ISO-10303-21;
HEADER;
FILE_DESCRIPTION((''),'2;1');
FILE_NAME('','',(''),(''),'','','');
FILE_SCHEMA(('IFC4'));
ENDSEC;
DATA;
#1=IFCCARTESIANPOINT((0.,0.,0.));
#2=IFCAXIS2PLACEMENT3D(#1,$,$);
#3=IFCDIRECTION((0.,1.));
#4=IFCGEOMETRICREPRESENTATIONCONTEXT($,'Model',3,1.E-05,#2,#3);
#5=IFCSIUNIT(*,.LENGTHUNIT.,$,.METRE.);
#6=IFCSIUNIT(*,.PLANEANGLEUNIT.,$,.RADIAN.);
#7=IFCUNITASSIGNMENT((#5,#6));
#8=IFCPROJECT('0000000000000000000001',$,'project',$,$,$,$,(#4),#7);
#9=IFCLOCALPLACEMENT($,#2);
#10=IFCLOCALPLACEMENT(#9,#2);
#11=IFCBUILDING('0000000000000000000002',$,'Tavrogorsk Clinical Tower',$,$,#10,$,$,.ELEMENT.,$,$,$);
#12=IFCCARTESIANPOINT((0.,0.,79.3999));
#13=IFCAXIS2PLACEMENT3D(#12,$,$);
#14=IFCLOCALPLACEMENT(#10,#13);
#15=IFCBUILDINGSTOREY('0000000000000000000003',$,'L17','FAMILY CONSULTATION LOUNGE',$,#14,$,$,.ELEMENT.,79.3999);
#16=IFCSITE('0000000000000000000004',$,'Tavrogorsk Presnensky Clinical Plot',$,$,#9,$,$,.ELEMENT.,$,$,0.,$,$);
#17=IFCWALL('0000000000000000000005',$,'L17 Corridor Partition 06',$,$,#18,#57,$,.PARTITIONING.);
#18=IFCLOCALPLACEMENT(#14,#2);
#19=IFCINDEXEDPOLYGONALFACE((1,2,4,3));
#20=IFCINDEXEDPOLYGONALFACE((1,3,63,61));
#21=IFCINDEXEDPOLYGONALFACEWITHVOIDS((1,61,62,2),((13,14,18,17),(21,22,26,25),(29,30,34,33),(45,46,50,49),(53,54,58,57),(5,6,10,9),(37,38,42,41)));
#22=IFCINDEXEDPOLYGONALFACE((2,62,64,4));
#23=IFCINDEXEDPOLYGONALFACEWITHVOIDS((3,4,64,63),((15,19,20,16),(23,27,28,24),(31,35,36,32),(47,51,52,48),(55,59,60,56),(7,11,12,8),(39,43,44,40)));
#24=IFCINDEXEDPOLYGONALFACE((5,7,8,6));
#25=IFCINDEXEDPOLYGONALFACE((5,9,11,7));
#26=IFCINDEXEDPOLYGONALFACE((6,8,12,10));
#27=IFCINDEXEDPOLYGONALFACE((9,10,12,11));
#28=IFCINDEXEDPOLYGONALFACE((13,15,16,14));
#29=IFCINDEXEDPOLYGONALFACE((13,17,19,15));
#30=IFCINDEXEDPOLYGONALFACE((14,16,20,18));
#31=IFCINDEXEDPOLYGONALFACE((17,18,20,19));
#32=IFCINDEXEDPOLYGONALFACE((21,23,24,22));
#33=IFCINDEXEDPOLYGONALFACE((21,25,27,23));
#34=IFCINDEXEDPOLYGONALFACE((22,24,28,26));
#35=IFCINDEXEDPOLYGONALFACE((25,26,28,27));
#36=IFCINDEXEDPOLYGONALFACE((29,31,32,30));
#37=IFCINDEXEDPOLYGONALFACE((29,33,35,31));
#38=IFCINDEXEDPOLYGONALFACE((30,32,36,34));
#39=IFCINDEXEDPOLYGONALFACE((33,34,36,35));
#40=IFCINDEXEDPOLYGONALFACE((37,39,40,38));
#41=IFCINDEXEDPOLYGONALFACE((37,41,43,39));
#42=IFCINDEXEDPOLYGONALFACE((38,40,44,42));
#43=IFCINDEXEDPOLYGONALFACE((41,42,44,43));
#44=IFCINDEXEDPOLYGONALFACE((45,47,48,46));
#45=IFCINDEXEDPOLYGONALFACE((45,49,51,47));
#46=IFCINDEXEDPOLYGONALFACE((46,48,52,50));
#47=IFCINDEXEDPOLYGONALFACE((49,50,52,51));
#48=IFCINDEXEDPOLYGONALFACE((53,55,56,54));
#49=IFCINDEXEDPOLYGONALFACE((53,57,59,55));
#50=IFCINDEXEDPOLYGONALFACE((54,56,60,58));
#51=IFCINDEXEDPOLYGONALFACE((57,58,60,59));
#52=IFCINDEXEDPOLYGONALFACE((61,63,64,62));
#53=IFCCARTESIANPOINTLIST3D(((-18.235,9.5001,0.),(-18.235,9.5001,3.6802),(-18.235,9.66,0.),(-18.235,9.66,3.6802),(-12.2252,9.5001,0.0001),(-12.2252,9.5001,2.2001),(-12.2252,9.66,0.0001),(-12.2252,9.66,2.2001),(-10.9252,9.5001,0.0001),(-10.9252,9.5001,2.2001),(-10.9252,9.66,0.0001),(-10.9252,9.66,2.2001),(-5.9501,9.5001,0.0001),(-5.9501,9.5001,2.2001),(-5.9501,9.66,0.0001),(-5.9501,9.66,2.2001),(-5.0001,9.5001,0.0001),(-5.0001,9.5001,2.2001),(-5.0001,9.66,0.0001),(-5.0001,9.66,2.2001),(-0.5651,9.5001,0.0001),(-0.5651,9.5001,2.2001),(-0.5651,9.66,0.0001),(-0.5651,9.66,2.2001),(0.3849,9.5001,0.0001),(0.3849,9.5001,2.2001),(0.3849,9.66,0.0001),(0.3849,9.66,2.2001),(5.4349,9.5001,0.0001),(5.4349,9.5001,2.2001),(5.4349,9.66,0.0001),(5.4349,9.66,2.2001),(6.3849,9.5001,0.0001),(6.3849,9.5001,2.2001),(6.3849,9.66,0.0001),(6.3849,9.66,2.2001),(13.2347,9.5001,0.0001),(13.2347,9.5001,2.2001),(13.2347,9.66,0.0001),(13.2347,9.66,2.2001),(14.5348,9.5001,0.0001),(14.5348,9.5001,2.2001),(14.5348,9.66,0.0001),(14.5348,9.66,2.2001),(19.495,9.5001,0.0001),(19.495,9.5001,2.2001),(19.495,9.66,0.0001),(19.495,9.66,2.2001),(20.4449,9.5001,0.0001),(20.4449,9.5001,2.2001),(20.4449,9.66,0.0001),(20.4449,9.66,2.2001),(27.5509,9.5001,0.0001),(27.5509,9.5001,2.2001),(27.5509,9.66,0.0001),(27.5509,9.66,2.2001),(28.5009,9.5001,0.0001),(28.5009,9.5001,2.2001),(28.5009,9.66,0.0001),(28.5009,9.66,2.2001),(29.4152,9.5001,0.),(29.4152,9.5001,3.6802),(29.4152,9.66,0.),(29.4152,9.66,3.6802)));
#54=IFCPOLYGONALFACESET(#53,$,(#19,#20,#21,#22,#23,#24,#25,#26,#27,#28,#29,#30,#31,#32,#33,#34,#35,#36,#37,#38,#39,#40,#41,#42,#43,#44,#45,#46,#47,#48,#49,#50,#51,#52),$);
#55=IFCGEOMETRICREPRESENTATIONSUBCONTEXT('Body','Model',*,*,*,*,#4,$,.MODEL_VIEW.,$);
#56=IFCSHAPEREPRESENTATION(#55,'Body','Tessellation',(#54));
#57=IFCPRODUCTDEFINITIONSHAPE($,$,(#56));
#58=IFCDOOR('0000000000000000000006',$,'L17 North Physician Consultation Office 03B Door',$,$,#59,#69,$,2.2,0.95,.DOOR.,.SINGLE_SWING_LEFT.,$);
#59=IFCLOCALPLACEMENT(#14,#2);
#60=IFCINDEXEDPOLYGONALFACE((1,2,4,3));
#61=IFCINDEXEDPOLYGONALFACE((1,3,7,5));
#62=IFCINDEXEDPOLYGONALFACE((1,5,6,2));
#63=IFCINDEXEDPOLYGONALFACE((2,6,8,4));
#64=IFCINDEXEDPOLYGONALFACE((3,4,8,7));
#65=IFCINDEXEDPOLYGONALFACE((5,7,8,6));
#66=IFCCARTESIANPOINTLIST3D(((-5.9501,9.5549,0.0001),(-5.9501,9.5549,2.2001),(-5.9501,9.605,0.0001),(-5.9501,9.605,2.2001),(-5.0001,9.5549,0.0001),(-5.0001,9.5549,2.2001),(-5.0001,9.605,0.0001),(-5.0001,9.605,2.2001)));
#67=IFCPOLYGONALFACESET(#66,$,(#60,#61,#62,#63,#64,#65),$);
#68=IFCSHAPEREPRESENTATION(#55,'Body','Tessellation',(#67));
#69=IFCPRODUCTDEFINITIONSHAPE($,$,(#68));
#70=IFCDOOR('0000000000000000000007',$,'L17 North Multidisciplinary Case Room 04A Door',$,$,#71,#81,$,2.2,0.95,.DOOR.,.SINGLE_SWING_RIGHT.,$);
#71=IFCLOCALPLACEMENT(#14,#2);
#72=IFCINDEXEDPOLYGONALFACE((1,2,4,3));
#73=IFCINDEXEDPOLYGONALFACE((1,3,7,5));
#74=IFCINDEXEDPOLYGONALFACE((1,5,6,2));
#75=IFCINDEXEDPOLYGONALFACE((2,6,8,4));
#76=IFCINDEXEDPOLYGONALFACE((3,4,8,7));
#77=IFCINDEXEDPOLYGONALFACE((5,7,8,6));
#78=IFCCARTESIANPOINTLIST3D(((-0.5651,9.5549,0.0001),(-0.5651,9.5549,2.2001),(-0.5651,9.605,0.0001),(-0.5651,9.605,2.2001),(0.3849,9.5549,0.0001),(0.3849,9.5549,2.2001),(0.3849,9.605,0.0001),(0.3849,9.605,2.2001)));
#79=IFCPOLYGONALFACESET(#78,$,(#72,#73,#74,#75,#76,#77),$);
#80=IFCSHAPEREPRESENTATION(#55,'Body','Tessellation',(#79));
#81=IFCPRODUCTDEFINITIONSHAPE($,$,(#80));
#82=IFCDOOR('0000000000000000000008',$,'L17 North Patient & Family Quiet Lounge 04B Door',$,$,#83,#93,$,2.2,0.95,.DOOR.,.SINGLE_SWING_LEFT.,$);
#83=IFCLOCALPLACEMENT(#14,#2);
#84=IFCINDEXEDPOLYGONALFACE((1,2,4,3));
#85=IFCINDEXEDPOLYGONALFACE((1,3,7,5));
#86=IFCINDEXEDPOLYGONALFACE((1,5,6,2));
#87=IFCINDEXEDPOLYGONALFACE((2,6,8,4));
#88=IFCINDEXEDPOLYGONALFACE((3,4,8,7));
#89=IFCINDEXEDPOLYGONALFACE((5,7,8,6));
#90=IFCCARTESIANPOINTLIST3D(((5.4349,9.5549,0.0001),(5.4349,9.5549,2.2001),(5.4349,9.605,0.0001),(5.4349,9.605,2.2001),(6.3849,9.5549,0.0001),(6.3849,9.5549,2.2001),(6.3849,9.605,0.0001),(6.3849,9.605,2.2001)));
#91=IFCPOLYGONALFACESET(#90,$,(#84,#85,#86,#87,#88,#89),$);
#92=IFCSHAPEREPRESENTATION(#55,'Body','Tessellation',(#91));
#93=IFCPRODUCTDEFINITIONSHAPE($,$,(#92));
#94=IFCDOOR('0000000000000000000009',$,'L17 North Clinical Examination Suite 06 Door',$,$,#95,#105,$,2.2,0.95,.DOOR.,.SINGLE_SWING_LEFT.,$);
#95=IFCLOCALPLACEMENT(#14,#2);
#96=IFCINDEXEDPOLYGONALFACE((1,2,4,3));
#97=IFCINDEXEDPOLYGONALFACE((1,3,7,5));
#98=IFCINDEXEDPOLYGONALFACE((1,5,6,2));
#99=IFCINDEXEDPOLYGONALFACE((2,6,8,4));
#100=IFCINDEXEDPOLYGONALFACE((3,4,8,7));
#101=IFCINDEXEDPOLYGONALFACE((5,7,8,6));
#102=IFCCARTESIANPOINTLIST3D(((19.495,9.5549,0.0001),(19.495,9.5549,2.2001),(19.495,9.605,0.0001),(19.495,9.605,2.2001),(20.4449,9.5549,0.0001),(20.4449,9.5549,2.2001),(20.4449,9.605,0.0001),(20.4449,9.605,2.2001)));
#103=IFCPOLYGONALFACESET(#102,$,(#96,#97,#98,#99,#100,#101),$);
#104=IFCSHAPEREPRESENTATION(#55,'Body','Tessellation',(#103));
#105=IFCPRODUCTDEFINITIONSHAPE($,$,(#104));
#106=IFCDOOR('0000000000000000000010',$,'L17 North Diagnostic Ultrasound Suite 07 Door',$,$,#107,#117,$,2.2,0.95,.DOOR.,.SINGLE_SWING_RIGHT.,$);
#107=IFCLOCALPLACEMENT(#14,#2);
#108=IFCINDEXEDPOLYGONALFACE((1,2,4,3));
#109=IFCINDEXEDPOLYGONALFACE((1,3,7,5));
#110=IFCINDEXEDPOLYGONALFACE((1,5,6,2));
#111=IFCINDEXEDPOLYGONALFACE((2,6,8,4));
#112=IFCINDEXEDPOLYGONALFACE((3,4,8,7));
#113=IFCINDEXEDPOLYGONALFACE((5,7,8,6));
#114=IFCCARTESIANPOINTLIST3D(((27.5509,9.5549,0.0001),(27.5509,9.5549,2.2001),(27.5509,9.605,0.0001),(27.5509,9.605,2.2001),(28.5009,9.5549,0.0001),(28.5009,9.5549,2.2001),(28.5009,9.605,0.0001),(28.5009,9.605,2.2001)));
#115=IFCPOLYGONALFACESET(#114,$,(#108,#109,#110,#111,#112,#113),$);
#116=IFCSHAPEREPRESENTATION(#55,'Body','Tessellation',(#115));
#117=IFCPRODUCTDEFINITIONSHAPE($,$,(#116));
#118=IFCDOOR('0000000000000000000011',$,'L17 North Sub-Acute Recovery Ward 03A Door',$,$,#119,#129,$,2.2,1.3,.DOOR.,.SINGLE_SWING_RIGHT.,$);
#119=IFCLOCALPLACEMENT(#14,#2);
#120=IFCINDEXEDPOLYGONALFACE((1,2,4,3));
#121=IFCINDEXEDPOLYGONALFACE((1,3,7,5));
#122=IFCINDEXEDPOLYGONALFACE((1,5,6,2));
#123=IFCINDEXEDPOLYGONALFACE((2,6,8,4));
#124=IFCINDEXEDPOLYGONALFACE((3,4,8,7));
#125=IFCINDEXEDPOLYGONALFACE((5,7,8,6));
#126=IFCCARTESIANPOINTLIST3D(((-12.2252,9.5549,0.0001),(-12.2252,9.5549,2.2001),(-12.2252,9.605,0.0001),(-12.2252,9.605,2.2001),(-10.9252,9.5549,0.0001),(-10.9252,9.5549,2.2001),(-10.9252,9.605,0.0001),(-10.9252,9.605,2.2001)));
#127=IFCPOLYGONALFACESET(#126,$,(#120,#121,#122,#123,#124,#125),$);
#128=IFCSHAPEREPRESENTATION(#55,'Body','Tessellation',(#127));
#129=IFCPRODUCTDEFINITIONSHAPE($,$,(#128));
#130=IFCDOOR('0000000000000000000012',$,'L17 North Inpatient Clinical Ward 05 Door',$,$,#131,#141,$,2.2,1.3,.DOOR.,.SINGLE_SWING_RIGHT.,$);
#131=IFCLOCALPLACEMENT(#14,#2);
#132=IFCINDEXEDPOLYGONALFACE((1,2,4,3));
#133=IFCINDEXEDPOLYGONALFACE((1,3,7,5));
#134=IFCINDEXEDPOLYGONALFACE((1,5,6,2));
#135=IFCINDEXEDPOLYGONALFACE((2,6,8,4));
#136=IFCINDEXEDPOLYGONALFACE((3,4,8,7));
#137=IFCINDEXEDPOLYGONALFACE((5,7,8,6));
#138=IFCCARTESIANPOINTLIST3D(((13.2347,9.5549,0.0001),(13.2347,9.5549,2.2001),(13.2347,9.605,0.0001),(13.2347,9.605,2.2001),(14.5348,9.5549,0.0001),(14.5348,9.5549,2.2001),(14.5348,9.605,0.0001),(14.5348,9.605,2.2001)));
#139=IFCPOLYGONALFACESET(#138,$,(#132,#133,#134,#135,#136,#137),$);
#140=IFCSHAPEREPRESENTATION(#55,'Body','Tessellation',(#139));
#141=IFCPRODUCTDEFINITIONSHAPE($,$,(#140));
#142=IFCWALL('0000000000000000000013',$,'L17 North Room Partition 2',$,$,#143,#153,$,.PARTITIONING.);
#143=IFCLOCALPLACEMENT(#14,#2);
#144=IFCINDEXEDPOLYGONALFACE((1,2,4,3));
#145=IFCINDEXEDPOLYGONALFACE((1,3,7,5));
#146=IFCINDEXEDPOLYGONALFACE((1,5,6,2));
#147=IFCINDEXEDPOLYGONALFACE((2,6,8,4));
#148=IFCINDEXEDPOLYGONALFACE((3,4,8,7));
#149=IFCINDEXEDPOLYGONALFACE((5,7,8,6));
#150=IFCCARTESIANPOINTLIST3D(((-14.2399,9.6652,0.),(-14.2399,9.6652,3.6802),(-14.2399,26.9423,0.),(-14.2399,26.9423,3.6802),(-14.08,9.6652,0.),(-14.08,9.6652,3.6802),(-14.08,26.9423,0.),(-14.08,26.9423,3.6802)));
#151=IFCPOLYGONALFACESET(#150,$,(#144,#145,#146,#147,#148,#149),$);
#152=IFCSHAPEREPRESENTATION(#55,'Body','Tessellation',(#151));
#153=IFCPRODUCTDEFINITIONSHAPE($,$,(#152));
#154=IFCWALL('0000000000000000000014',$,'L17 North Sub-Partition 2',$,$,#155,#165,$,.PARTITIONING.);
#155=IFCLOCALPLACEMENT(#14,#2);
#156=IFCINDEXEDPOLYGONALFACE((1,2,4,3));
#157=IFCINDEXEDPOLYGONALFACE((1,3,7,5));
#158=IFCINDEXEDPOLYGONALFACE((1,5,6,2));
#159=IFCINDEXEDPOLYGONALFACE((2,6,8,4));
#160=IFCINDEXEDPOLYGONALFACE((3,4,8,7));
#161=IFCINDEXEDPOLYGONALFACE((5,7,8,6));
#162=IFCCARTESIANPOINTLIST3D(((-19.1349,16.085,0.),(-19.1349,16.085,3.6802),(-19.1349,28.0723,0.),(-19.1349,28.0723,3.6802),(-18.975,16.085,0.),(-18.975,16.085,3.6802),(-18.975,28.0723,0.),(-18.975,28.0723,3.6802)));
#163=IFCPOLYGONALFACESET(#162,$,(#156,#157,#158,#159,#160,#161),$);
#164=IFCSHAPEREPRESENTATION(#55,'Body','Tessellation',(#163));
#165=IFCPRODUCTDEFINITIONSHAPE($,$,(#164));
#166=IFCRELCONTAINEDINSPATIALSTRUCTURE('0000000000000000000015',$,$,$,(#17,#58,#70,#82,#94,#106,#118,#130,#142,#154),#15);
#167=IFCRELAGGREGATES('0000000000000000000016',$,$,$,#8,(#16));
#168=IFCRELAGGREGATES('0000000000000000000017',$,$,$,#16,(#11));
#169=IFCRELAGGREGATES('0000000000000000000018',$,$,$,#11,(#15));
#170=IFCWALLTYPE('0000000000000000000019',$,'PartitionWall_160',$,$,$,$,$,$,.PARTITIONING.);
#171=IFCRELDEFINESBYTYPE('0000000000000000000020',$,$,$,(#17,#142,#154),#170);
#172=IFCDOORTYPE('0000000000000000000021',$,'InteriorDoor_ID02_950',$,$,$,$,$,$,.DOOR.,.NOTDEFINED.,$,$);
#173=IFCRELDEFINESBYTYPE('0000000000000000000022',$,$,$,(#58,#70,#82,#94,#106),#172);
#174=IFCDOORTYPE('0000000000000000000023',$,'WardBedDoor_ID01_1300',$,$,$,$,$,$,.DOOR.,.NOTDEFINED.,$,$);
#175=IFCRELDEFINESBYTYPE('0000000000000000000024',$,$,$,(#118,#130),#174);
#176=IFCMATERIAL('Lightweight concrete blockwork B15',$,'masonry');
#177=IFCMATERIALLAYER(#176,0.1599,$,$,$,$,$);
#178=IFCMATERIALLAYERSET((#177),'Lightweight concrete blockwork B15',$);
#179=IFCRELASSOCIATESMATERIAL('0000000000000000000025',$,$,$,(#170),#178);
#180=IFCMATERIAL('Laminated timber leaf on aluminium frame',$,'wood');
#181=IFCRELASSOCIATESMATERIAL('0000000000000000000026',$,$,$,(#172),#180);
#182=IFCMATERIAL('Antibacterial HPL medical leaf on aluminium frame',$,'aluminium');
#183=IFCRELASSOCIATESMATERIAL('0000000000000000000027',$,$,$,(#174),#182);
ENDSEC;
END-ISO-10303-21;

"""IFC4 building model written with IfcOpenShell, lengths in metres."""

from ifc_helpers import new_model, si_unit, direction, frame, frame_2d, origin, place, context, subcontext, project, spatial, rectangle, extrude, material, layer, layer_set, type_object, element, fill, save


model = new_model("IFC4")

# Units and contexts
model_context = context("Model", 3, precision=1e-05, world=origin(), true_north=direction((0.0, 1.0)))
body_context = subcontext(model_context, "Body", "Model", "MODEL_VIEW")
ifc_project = project(units=[si_unit("LENGTHUNIT", "METRE"), si_unit("PLANEANGLEUNIT", "RADIAN")], contexts=[model_context])

# Site, building, storey
site_placement = place(None, origin())
site = spatial("IfcSite", under=ifc_project, at=site_placement, Name="Tavrogorsk Presnensky Clinical Plot", CompositionType="ELEMENT", RefElevation=0.0)
building_placement = place(site_placement, origin())
building = spatial("IfcBuilding", under=site, at=building_placement, Name="Tavrogorsk Clinical Tower", CompositionType="ELEMENT")
storey_placement = place(building_placement, frame((0.0, 0.0, 79.3999)))
storey = spatial("IfcBuildingStorey", under=building, at=storey_placement, Name="L17", Description="FAMILY CONSULTATION LOUNGE", CompositionType="ELEMENT", Elevation=79.3999)

# Shared definitions
ifc_material_1 = material(Name="Lightweight concrete blockwork B15", Category="masonry")
ifc_layer_1 = layer(ifc_material_1, 0.1599)
ifc_layer_set_1 = layer_set([ifc_layer_1], Name="Lightweight concrete blockwork B15")
wall_type_1 = type_object("IfcWallType", Name="PartitionWall_160", PredefinedType="PARTITIONING", material=ifc_layer_set_1)

# Wall, openings, doors
wall_1_placement = place(storey_placement, frame((-18.2351, 9.5801, 0.0), z_axis=(0.0, 0.0, 1.0), x_axis=(1.0, 0.0, 0.0)))
wall_1 = element("IfcWall", 1, at=wall_1_placement, inside=storey, type_object=wall_type_1, Name="L17 Corridor Partition 06", PredefinedType="PARTITIONING", context=body_context, shape_type="SweptSolid", body=[
    extrude(rectangle(XDim=47.6501, YDim=0.1599, at=frame_2d((23.8252, 0.0))), origin(), (0.0, 0.0, 1.0), 3.6802),
])
opening_1_placement = place(wall_1_placement, frame((6.01, 0.0, 0.0)))
opening_1 = element("IfcOpeningElement", 2, at=opening_1_placement, cuts=wall_1, PredefinedType="OPENING", context=body_context, shape_type="SweptSolid", body=[
    extrude(rectangle(XDim=1.3, YDim=2.2, at=frame_2d((0.6499, 1.1001))), frame((0.0, 0.0898, 0.0), z_axis=(0.0, -1.0, 0.0), x_axis=(1.0, 0.0, 0.0)), (0.0, 0.0, 1.0), 0.1799),
])
opening_2_placement = place(wall_1_placement, frame((12.2849, 0.0, 0.0)))
opening_2 = element("IfcOpeningElement", 3, at=opening_2_placement, cuts=wall_1, PredefinedType="OPENING", context=body_context, shape_type="SweptSolid", body=[
    extrude(rectangle(XDim=0.95, YDim=2.2, at=frame_2d((0.4751, 1.1001))), frame((0.0, 0.0898, 0.0), z_axis=(0.0, -1.0, 0.0), x_axis=(1.0, 0.0, 0.0)), (0.0, 0.0, 1.0), 0.1799),
])
opening_3_placement = place(wall_1_placement, frame((17.6699, 0.0, 0.0)))
opening_3 = element("IfcOpeningElement", 4, at=opening_3_placement, cuts=wall_1, PredefinedType="OPENING", context=body_context, shape_type="SweptSolid", body=[
    extrude(rectangle(XDim=0.95, YDim=2.2, at=frame_2d((0.4751, 1.1001))), frame((0.0, 0.0898, 0.0), z_axis=(0.0, -1.0, 0.0), x_axis=(1.0, 0.0, 0.0)), (0.0, 0.0, 1.0), 0.1799),
])
opening_4_placement = place(wall_1_placement, frame((23.6699, 0.0, 0.0)))
opening_4 = element("IfcOpeningElement", 5, at=opening_4_placement, cuts=wall_1, PredefinedType="OPENING", context=body_context, shape_type="SweptSolid", body=[
    extrude(rectangle(XDim=0.95, YDim=2.2, at=frame_2d((0.4751, 1.1001))), frame((0.0, 0.0898, 0.0), z_axis=(0.0, -1.0, 0.0), x_axis=(1.0, 0.0, 0.0)), (0.0, 0.0, 1.0), 0.1799),
])
opening_5_placement = place(wall_1_placement, frame((31.47, 0.0, 0.0)))
opening_5 = element("IfcOpeningElement", 6, at=opening_5_placement, cuts=wall_1, PredefinedType="OPENING", context=body_context, shape_type="SweptSolid", body=[
    extrude(rectangle(XDim=1.3, YDim=2.2, at=frame_2d((0.6499, 1.1001))), frame((0.0, 0.0898, 0.0), z_axis=(0.0, -1.0, 0.0), x_axis=(1.0, 0.0, 0.0)), (0.0, 0.0, 1.0), 0.1799),
])
opening_6_placement = place(wall_1_placement, frame((37.73, 0.0, 0.0)))
opening_6 = element("IfcOpeningElement", 7, at=opening_6_placement, cuts=wall_1, PredefinedType="OPENING", context=body_context, shape_type="SweptSolid", body=[
    extrude(rectangle(XDim=0.95, YDim=2.2, at=frame_2d((0.4751, 1.1001))), frame((0.0, 0.0898, 0.0), z_axis=(0.0, -1.0, 0.0), x_axis=(1.0, 0.0, 0.0)), (0.0, 0.0, 1.0), 0.1799),
])
opening_7_placement = place(wall_1_placement, frame((45.7859, 0.0, 0.0)))
opening_7 = element("IfcOpeningElement", 8, at=opening_7_placement, cuts=wall_1, PredefinedType="OPENING", context=body_context, shape_type="SweptSolid", body=[
    extrude(rectangle(XDim=0.95, YDim=2.2, at=frame_2d((0.4751, 1.1001))), frame((0.0, 0.0898, 0.0), z_axis=(0.0, -1.0, 0.0), x_axis=(1.0, 0.0, 0.0)), (0.0, 0.0, 1.0), 0.1799),
])
ifc_material_2 = material(Name="Laminated timber leaf on aluminium frame", Category="wood")
door_type_1 = type_object("IfcDoorType", Name="InteriorDoor_ID02_950", OperationType="NOTDEFINED", PredefinedType="DOOR", material=ifc_material_2)
door_1_placement = place(opening_2_placement, origin())
door_1 = element("IfcDoor", 9, at=door_1_placement, inside=storey, type_object=door_type_1, Name="L17 North Physician Consultation Office 03B Door", OperationType="SINGLE_SWING_LEFT", OverallHeight=2.2, OverallWidth=0.95, PredefinedType="DOOR", context=body_context, shape_type="SweptSolid", body=[
    extrude(rectangle(XDim=0.95, YDim=2.2, at=frame_2d((0.4751, 1.1001))), frame((0.0, 0.0249, 0.0), z_axis=(0.0, -1.0, 0.0), x_axis=(1.0, 0.0, 0.0)), (0.0, 0.0, 1.0), 0.05),
])
fill(opening_2, door_1)
door_2_placement = place(opening_3_placement, origin())
door_2 = element("IfcDoor", 10, at=door_2_placement, inside=storey, type_object=door_type_1, Name="L17 North Multidisciplinary Case Room 04A Door", OperationType="SINGLE_SWING_RIGHT", OverallHeight=2.2, OverallWidth=0.95, PredefinedType="DOOR", context=body_context, shape_type="SweptSolid", body=[
    extrude(rectangle(XDim=0.95, YDim=2.2, at=frame_2d((0.4751, 1.1001))), frame((0.0, 0.0249, 0.0), z_axis=(0.0, -1.0, 0.0), x_axis=(1.0, 0.0, 0.0)), (0.0, 0.0, 1.0), 0.05),
])
fill(opening_3, door_2)
door_3_placement = place(opening_4_placement, origin())
door_3 = element("IfcDoor", 11, at=door_3_placement, inside=storey, type_object=door_type_1, Name="L17 North Patient & Family Quiet Lounge 04B Door", OperationType="SINGLE_SWING_LEFT", OverallHeight=2.2, OverallWidth=0.95, PredefinedType="DOOR", context=body_context, shape_type="SweptSolid", body=[
    extrude(rectangle(XDim=0.95, YDim=2.2, at=frame_2d((0.4751, 1.1001))), frame((0.0, 0.0249, 0.0), z_axis=(0.0, -1.0, 0.0), x_axis=(1.0, 0.0, 0.0)), (0.0, 0.0, 1.0), 0.05),
])
fill(opening_4, door_3)
door_4_placement = place(opening_6_placement, origin())
door_4 = element("IfcDoor", 12, at=door_4_placement, inside=storey, type_object=door_type_1, Name="L17 North Clinical Examination Suite 06 Door", OperationType="SINGLE_SWING_LEFT", OverallHeight=2.2, OverallWidth=0.95, PredefinedType="DOOR", context=body_context, shape_type="SweptSolid", body=[
    extrude(rectangle(XDim=0.95, YDim=2.2, at=frame_2d((0.4751, 1.1001))), frame((0.0, 0.0249, 0.0), z_axis=(0.0, -1.0, 0.0), x_axis=(1.0, 0.0, 0.0)), (0.0, 0.0, 1.0), 0.05),
])
fill(opening_6, door_4)
door_5_placement = place(opening_7_placement, origin())
door_5 = element("IfcDoor", 13, at=door_5_placement, inside=storey, type_object=door_type_1, Name="L17 North Diagnostic Ultrasound Suite 07 Door", OperationType="SINGLE_SWING_RIGHT", OverallHeight=2.2, OverallWidth=0.95, PredefinedType="DOOR", context=body_context, shape_type="SweptSolid", body=[
    extrude(rectangle(XDim=0.95, YDim=2.2, at=frame_2d((0.4751, 1.1001))), frame((0.0, 0.0249, 0.0), z_axis=(0.0, -1.0, 0.0), x_axis=(1.0, 0.0, 0.0)), (0.0, 0.0, 1.0), 0.05),
])
fill(opening_7, door_5)
ifc_material_3 = material(Name="Antibacterial HPL medical leaf on aluminium frame", Category="aluminium")
door_type_2 = type_object("IfcDoorType", Name="WardBedDoor_ID01_1300", OperationType="NOTDEFINED", PredefinedType="DOOR", material=ifc_material_3)
door_6_placement = place(opening_1_placement, origin())
door_6 = element("IfcDoor", 14, at=door_6_placement, inside=storey, type_object=door_type_2, Name="L17 North Sub-Acute Recovery Ward 03A Door", OperationType="SINGLE_SWING_RIGHT", OverallHeight=2.2, OverallWidth=1.3, PredefinedType="DOOR", context=body_context, shape_type="SweptSolid", body=[
    extrude(rectangle(XDim=1.3, YDim=2.2, at=frame_2d((0.6499, 1.1001))), frame((0.0, 0.0249, 0.0), z_axis=(0.0, -1.0, 0.0), x_axis=(1.0, 0.0, 0.0)), (0.0, 0.0, 1.0), 0.05),
])
fill(opening_1, door_6)
door_7_placement = place(opening_5_placement, origin())
door_7 = element("IfcDoor", 15, at=door_7_placement, inside=storey, type_object=door_type_2, Name="L17 North Inpatient Clinical Ward 05 Door", OperationType="SINGLE_SWING_RIGHT", OverallHeight=2.2, OverallWidth=1.3, PredefinedType="DOOR", context=body_context, shape_type="SweptSolid", body=[
    extrude(rectangle(XDim=1.3, YDim=2.2, at=frame_2d((0.6499, 1.1001))), frame((0.0, 0.0249, 0.0), z_axis=(0.0, -1.0, 0.0), x_axis=(1.0, 0.0, 0.0)), (0.0, 0.0, 1.0), 0.05),
])
fill(opening_5, door_7)

# Walls
wall_2_placement = place(storey_placement, frame((-14.1599, 9.665, 0.0), z_axis=(0.0, 0.0, 1.0), x_axis=(0.0, 1.0, 0.0)))
element("IfcWall", 16, at=wall_2_placement, inside=storey, type_object=wall_type_1, Name="L17 North Room Partition 2", PredefinedType="PARTITIONING", context=body_context, shape_type="SweptSolid", body=[
    extrude(rectangle(XDim=17.2771, YDim=0.1599, at=frame_2d((8.6387, 0.0))), origin(), (0.0, 0.0, 1.0), 3.6802),
])
wall_3_placement = place(storey_placement, frame((-19.0549, 16.085, 0.0), z_axis=(0.0, 0.0, 1.0), x_axis=(0.0, 1.0, 0.0)))
element("IfcWall", 17, at=wall_3_placement, inside=storey, type_object=wall_type_1, Name="L17 North Sub-Partition 2", PredefinedType="PARTITIONING", context=body_context, shape_type="SweptSolid", body=[
    extrude(rectangle(XDim=11.9873, YDim=0.1599, at=frame_2d((5.9937, 0.0))), origin(), (0.0, 0.0, 1.0), 3.6802),
])

save(model, "model.ifc")
